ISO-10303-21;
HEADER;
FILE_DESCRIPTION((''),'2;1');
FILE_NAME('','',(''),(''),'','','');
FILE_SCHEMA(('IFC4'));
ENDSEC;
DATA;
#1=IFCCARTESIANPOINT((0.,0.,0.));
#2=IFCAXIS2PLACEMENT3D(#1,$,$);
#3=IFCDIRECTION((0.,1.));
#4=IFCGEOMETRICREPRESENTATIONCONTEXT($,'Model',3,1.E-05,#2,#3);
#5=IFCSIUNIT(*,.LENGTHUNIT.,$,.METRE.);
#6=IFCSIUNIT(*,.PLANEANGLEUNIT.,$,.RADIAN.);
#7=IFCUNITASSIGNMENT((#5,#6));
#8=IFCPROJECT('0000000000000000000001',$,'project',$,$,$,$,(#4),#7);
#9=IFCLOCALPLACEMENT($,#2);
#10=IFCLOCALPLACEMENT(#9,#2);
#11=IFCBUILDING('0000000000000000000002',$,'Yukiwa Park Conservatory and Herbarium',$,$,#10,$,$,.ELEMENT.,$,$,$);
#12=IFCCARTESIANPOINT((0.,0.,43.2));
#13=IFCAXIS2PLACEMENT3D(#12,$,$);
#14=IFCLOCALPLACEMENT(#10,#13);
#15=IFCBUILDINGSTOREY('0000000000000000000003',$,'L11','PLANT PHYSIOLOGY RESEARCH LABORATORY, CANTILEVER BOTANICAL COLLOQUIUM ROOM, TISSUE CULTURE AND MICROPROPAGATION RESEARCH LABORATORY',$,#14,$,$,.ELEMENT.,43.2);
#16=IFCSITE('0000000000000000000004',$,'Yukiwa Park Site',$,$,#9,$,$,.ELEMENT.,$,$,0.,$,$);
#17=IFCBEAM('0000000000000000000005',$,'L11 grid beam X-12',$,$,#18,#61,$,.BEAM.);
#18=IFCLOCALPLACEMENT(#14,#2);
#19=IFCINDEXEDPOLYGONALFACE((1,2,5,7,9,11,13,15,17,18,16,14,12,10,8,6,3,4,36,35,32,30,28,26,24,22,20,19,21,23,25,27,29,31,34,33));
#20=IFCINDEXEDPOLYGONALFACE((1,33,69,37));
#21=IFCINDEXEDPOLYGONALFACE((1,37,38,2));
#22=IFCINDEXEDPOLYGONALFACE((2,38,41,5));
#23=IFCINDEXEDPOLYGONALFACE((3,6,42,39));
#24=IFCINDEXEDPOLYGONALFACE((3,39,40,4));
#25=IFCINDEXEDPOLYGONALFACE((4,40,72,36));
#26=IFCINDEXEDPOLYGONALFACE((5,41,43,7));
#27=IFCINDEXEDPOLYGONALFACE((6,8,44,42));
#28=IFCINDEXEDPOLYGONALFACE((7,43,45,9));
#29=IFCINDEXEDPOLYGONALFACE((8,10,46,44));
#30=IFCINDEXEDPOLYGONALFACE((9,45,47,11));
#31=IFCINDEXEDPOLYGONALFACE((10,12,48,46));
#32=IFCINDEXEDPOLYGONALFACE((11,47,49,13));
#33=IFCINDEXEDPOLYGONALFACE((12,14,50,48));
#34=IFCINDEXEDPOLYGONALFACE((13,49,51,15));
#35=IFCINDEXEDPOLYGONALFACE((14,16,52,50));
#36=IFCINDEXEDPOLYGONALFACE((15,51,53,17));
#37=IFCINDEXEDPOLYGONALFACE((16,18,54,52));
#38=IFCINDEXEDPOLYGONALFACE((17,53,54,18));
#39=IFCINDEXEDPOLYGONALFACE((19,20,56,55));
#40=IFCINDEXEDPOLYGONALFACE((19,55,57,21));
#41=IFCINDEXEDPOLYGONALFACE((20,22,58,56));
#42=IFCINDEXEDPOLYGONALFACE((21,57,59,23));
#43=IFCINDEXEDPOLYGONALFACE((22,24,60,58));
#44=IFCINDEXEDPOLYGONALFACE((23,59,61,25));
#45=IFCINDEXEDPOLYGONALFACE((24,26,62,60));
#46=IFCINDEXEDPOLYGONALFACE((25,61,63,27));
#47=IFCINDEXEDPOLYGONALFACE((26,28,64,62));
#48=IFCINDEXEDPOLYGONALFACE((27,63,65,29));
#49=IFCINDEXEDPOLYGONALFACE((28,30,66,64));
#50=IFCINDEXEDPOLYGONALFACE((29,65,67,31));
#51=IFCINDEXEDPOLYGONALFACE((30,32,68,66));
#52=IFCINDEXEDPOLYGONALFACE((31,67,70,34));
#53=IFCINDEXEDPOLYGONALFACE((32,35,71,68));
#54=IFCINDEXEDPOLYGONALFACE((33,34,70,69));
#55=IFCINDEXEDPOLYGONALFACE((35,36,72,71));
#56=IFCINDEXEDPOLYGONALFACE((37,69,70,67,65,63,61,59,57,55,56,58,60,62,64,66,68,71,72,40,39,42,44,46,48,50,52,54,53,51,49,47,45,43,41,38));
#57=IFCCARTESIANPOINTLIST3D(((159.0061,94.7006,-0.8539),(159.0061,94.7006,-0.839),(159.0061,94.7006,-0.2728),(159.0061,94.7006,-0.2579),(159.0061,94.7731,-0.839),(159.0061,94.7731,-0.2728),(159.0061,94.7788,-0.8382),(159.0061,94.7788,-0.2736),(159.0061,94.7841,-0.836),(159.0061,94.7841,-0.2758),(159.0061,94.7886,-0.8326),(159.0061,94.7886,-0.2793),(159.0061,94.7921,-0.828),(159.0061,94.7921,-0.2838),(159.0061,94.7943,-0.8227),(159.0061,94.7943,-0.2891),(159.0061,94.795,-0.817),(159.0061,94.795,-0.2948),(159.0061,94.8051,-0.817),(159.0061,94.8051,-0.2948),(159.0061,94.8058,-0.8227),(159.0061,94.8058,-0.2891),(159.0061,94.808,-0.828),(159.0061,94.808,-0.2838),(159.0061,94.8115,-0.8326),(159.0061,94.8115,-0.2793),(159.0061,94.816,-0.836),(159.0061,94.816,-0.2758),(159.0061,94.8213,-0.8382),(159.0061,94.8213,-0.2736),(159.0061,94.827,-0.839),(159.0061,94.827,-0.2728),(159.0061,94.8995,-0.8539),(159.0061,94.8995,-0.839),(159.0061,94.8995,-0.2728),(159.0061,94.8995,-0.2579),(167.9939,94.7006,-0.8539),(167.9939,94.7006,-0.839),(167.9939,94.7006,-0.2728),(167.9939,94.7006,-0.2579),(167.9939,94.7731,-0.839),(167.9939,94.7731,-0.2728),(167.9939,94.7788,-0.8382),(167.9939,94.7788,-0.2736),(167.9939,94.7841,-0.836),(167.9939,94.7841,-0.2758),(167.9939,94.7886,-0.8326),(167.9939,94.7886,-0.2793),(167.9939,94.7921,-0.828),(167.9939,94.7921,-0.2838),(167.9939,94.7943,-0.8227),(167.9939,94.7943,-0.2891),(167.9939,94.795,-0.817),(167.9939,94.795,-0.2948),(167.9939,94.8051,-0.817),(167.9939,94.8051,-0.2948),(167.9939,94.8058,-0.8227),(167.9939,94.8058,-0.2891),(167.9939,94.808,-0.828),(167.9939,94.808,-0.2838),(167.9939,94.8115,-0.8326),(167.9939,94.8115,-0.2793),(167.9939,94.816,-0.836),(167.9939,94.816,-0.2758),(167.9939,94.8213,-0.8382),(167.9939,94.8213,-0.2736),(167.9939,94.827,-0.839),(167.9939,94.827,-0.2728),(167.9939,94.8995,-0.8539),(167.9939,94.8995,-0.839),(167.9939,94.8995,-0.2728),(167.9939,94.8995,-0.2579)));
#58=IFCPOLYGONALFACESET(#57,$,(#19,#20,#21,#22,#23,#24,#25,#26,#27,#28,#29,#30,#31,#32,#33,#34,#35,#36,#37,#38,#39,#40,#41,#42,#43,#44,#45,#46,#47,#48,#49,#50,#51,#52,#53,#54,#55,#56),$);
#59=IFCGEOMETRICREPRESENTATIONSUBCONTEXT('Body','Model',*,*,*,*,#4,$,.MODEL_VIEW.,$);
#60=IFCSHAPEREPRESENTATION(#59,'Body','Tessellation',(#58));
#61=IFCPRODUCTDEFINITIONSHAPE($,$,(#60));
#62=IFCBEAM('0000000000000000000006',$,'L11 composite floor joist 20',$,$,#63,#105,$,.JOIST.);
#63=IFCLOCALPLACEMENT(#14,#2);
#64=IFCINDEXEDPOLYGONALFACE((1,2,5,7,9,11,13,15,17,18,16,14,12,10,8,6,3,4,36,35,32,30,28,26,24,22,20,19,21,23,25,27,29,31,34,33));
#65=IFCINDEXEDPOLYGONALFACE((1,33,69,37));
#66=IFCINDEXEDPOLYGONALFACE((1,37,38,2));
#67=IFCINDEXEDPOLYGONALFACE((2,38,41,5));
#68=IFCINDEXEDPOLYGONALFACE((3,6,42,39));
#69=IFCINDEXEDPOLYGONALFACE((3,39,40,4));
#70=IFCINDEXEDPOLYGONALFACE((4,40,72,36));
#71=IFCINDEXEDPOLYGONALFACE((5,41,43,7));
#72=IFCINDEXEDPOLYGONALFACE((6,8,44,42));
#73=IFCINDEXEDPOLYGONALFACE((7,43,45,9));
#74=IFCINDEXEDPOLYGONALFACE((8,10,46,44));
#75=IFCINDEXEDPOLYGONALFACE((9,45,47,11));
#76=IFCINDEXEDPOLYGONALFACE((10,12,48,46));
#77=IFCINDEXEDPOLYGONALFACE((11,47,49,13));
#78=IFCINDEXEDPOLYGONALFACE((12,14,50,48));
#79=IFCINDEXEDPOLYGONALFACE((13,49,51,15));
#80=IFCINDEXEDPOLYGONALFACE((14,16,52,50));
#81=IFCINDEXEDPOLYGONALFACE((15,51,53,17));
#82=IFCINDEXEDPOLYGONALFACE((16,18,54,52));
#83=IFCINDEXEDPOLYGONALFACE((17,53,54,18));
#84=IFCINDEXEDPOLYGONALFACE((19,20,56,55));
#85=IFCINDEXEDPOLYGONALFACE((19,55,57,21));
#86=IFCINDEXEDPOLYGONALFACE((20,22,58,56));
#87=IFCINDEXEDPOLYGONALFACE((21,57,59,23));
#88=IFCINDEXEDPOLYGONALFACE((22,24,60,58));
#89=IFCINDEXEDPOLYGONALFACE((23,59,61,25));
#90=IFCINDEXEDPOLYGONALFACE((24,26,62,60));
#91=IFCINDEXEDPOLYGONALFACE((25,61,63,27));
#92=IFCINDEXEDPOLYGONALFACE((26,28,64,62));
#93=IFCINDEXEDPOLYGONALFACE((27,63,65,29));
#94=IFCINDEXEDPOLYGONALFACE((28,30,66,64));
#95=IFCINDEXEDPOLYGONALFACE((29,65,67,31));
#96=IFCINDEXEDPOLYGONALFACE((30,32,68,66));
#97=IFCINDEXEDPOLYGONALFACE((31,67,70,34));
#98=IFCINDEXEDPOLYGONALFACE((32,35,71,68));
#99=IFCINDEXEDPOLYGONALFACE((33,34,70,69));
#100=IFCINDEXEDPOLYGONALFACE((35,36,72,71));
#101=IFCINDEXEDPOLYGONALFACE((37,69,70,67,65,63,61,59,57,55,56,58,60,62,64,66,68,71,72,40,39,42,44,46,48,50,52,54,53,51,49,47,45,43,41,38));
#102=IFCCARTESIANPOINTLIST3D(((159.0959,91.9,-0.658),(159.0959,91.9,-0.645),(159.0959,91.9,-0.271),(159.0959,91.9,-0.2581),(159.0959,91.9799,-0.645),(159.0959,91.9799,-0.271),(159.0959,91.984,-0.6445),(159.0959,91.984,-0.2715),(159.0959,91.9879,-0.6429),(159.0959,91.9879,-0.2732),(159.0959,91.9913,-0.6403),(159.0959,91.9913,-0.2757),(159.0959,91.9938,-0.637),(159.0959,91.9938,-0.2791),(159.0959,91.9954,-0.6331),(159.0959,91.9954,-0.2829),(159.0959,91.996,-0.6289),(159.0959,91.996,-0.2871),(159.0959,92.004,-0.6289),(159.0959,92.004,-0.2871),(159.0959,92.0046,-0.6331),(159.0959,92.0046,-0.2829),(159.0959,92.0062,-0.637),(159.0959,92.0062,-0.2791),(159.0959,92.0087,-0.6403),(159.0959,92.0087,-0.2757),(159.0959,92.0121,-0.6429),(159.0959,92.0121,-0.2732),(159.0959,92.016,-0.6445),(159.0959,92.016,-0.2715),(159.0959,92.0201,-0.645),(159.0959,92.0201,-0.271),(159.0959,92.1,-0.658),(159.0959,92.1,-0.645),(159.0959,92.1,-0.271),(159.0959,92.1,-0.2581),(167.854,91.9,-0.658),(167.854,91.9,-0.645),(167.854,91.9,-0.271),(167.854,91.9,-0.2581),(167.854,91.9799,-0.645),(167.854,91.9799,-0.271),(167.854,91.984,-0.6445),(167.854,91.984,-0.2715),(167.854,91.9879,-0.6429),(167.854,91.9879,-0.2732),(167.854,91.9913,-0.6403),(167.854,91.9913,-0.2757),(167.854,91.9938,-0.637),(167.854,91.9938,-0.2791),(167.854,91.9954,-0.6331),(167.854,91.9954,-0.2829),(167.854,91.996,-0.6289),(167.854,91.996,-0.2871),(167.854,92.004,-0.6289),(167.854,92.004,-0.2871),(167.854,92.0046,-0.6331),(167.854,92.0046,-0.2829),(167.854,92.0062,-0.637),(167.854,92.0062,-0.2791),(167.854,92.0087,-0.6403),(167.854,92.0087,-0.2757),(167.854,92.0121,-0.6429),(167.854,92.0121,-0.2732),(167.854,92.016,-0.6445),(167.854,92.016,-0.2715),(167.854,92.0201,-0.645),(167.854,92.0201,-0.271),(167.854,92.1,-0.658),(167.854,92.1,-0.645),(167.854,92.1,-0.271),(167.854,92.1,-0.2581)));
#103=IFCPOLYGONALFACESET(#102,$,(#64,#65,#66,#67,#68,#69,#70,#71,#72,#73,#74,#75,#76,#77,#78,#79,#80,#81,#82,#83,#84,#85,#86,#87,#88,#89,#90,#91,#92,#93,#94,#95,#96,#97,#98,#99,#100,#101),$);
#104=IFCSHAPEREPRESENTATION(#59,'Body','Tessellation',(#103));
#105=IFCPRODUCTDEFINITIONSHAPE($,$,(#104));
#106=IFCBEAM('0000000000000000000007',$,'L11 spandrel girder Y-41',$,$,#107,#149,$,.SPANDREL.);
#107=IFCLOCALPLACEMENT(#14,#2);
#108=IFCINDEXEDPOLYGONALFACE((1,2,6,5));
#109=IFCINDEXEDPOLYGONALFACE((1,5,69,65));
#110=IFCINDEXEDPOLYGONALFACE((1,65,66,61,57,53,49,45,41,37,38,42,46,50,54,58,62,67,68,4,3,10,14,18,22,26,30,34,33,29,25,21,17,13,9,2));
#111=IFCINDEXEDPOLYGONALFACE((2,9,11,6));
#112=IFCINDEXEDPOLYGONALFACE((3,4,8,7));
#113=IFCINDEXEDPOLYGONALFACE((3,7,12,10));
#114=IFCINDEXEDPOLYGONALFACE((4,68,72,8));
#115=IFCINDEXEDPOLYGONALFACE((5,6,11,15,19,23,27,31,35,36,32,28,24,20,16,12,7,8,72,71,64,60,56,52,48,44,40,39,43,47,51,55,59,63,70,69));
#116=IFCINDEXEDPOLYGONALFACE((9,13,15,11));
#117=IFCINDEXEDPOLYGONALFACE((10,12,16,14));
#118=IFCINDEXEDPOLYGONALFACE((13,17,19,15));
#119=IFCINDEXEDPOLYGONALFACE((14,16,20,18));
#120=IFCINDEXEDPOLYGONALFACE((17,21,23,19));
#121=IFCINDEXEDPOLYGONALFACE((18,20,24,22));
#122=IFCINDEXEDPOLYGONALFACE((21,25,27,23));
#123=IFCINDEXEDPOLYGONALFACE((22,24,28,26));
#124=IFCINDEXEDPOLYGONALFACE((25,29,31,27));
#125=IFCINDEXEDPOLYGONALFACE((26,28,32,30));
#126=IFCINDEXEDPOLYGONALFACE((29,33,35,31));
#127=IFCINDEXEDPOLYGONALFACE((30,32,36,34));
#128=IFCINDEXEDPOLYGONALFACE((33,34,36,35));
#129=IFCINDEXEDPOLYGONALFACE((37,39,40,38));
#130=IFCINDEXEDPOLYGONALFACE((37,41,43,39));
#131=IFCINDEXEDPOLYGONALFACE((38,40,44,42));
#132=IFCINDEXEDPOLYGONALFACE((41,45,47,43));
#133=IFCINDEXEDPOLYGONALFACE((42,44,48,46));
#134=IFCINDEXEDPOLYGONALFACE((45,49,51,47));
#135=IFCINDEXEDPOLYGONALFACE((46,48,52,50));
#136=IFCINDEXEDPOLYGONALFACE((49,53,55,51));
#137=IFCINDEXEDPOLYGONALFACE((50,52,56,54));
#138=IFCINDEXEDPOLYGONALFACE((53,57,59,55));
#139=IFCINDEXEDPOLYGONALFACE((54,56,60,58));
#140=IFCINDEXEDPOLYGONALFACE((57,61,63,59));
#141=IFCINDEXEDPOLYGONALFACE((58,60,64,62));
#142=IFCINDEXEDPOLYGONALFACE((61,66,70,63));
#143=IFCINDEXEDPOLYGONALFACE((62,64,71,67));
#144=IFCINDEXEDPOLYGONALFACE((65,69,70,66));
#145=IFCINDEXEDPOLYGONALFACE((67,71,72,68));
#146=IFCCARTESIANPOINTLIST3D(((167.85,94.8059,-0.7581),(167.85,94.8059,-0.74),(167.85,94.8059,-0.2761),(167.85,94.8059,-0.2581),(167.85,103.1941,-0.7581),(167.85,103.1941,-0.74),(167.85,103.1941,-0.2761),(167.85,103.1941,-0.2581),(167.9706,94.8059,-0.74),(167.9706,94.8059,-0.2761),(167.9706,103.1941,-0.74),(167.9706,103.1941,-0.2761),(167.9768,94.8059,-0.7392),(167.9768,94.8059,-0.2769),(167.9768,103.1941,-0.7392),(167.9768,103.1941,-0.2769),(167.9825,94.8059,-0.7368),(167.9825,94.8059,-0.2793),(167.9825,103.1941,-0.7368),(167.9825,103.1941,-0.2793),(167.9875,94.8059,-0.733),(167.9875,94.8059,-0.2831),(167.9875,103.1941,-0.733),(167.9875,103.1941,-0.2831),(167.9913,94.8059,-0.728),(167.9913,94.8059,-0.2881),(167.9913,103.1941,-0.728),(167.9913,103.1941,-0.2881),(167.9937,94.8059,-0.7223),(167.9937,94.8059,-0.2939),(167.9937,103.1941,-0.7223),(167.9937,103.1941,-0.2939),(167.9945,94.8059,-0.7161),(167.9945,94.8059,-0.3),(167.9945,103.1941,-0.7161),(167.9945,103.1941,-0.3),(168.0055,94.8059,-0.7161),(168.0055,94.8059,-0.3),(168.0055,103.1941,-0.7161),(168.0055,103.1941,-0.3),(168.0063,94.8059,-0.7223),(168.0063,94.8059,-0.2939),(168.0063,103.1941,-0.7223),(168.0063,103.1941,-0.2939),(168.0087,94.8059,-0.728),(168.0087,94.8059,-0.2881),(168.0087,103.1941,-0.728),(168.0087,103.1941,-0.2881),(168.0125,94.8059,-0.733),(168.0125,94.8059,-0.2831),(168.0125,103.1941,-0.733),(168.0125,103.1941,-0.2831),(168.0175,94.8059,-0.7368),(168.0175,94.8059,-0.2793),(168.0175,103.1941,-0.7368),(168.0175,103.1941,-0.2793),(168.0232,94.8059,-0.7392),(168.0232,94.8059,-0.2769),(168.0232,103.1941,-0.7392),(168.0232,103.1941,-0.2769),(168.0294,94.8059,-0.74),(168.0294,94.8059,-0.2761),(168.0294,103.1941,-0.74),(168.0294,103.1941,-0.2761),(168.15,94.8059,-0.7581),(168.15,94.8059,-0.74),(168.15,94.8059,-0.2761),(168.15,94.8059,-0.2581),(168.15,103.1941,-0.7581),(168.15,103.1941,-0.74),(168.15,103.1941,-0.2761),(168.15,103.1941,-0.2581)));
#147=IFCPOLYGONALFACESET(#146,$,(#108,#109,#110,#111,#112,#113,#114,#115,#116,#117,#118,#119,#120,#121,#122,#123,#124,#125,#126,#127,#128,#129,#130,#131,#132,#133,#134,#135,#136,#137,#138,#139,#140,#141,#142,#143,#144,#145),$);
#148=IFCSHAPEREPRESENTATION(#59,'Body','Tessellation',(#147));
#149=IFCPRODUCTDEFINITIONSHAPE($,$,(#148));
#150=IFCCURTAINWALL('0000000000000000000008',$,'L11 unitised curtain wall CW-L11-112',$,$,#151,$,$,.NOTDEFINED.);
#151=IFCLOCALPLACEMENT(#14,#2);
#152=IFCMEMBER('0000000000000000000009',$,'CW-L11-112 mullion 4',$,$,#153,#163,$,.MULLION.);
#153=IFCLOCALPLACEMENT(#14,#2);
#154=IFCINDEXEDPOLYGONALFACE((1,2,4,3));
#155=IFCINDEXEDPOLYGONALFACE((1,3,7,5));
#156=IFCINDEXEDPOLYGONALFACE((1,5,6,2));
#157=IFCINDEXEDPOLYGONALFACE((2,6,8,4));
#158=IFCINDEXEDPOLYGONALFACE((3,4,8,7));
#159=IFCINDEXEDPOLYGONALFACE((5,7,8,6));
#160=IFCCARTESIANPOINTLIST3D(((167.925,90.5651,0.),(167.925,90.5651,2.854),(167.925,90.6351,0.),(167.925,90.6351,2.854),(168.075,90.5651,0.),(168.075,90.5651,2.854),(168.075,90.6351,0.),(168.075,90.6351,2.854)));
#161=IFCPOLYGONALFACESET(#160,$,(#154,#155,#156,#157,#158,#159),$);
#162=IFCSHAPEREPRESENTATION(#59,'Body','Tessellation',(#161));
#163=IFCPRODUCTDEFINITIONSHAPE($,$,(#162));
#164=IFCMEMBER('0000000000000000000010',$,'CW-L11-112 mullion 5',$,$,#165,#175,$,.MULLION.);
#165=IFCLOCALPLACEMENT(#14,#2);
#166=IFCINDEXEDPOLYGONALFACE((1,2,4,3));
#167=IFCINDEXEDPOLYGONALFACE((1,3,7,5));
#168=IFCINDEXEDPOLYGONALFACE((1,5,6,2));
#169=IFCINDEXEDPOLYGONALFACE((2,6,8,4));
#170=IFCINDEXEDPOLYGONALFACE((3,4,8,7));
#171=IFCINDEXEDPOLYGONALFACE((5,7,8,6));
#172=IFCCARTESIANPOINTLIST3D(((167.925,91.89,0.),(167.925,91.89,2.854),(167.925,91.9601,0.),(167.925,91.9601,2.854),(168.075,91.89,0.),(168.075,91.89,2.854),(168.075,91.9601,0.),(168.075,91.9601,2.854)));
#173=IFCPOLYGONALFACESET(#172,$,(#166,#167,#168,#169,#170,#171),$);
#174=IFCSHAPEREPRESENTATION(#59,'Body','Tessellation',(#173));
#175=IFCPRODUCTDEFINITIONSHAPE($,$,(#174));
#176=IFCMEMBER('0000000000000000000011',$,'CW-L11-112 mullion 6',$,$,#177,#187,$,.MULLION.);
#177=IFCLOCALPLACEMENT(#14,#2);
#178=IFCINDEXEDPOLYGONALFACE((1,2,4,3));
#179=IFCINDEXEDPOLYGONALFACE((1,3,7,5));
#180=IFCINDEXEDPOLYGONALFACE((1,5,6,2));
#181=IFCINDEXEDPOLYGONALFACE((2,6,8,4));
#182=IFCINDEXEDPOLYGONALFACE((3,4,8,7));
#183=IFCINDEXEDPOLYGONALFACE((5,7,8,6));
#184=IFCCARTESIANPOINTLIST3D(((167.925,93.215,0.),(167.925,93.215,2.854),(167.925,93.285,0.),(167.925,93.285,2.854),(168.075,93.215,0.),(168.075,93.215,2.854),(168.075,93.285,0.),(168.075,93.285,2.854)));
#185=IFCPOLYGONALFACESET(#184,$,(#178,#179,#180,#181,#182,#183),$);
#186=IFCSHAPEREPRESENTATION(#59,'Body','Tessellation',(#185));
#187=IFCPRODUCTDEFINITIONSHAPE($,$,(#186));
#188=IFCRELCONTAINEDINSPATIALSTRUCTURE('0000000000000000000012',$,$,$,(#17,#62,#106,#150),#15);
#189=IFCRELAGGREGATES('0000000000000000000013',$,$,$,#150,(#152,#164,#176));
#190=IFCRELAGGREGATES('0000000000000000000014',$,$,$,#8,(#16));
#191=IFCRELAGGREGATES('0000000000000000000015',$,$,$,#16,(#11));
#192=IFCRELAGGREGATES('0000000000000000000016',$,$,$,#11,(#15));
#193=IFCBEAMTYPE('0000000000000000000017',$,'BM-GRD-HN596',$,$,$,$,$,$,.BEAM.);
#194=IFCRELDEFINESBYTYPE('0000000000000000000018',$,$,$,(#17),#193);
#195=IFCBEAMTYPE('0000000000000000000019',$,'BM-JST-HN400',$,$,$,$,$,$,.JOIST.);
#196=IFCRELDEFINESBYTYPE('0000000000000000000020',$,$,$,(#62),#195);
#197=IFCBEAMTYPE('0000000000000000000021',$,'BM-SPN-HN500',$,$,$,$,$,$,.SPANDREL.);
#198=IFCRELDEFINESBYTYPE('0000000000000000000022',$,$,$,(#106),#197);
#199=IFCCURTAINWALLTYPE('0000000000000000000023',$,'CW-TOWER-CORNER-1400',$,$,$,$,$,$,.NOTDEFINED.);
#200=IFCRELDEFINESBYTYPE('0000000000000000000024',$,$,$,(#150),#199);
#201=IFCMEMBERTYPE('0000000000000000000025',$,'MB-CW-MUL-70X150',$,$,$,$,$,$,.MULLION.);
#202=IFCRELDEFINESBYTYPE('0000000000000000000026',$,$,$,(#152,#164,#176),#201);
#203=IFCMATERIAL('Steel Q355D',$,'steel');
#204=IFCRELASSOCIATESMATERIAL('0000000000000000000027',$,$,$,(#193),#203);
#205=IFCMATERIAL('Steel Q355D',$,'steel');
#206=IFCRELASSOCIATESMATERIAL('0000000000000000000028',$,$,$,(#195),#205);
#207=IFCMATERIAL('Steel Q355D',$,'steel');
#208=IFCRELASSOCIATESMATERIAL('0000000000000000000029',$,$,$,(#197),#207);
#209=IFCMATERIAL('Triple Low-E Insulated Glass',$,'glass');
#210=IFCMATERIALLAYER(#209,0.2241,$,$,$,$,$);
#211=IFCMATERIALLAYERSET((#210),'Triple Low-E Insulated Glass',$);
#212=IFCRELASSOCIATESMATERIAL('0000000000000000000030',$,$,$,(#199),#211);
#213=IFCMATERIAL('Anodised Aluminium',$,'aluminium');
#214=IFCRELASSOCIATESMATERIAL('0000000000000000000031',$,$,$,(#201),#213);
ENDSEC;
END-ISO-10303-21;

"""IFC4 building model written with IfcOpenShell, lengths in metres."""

from ifc_helpers import new_model, si_unit, direction, frame, origin, origin_2d, place, context, subcontext, project, spatial, rectangle, i_section, extrude, material, layer, layer_set, material_profile, profile_set, type_object, element, aggregate, save


model = new_model("IFC4")

# Units and contexts
model_context = context("Model", 3, precision=1e-05, world=origin(), true_north=direction((0.0, 1.0)))
body_context = subcontext(model_context, "Body", "Model", "MODEL_VIEW")
ifc_project = project(units=[si_unit("LENGTHUNIT", "METRE"), si_unit("PLANEANGLEUNIT", "RADIAN")], contexts=[model_context])

# Site, building, storey
site_placement = place(None, origin())
site = spatial("IfcSite", under=ifc_project, at=site_placement, Name="Yukiwa Park Site", CompositionType="ELEMENT", RefElevation=0.0)
building_placement = place(site_placement, origin())
building = spatial("IfcBuilding", under=site, at=building_placement, Name="Yukiwa Park Conservatory and Herbarium", CompositionType="ELEMENT")
storey_placement = place(building_placement, frame((0.0, 0.0, 43.2)))
storey = spatial("IfcBuildingStorey", under=building, at=storey_placement, Name="L11", Description="PLANT PHYSIOLOGY RESEARCH LABORATORY, CANTILEVER BOTANICAL COLLOQUIUM ROOM, TISSUE CULTURE AND MICROPROPAGATION RESEARCH LABORATORY", CompositionType="ELEMENT", Elevation=43.2)

# Beams
ifc_material_1 = material(Name="Steel Q355D", Category="steel")
ifc_material_profile_1 = material_profile(ifc_material_1, i_section(OverallWidth=0.199, OverallDepth=0.5959, WebThickness=0.01, FlangeThickness=0.0149, FilletRadius=0.022, at=origin_2d()), Name="HN 596x199x10x15")
ifc_profile_set_1 = profile_set([ifc_material_profile_1], Name="Steel Q355D")
beam_type_1 = type_object("IfcBeamType", Name="BM-GRD-HN596", PredefinedType="BEAM", material=ifc_profile_set_1)
beam_1_placement = place(storey_placement, frame((159.0061, 94.8, -0.5559), z_axis=(1.0, 0.0, 0.0), x_axis=(0.0, 1.0, 0.0)))
element("IfcBeam", 1, at=beam_1_placement, inside=storey, type_object=beam_type_1, Name="L11 grid beam X-12", PredefinedType="BEAM", context=body_context, shape_type="SweptSolid", body=[
    extrude(i_section(OverallWidth=0.199, OverallDepth=0.5959, WebThickness=0.01, FlangeThickness=0.0149, FilletRadius=0.022, at=origin_2d()), origin(), (0.0, 0.0, 1.0), 8.9878),
])
ifc_material_2 = material(Name="Steel Q355D", Category="steel")
ifc_material_profile_2 = material_profile(ifc_material_2, i_section(OverallWidth=0.2, OverallDepth=0.3999, WebThickness=0.0081, FlangeThickness=0.0129, FilletRadius=0.0161, at=origin_2d()), Name="HN 400x200x8x13")
ifc_profile_set_2 = profile_set([ifc_material_profile_2], Name="Steel Q355D")
beam_type_2 = type_object("IfcBeamType", Name="BM-JST-HN400", PredefinedType="JOIST", material=ifc_profile_set_2)
beam_2_placement = place(storey_placement, frame((159.0959, 92.0, -0.458), z_axis=(1.0, 0.0, 0.0), x_axis=(0.0, 1.0, 0.0)))
element("IfcBeam", 2, at=beam_2_placement, inside=storey, type_object=beam_type_2, Name="L11 composite floor joist 20", PredefinedType="JOIST", context=body_context, shape_type="SweptSolid", body=[
    extrude(i_section(OverallWidth=0.2, OverallDepth=0.3999, WebThickness=0.0081, FlangeThickness=0.0129, FilletRadius=0.0161, at=origin_2d()), origin(), (0.0, 0.0, 1.0), 8.7581),
])
ifc_material_3 = material(Name="Steel Q355D", Category="steel")
ifc_material_profile_3 = material_profile(ifc_material_3, i_section(OverallWidth=0.3, OverallDepth=0.5, WebThickness=0.011, FlangeThickness=0.0181, FilletRadius=0.0239, at=origin_2d()), Name="HM 500x300x11x18")
ifc_profile_set_3 = profile_set([ifc_material_profile_3], Name="Steel Q355D")
beam_type_3 = type_object("IfcBeamType", Name="BM-SPN-HN500", PredefinedType="SPANDREL", material=ifc_profile_set_3)
beam_3_placement = place(storey_placement, frame((168.0, 94.8059, -0.5081), z_axis=(0.0, 1.0, 0.0), x_axis=(-1.0, 0.0, 0.0)))
element("IfcBeam", 3, at=beam_3_placement, inside=storey, type_object=beam_type_3, Name="L11 spandrel girder Y-41", PredefinedType="SPANDREL", context=body_context, shape_type="SweptSolid", body=[
    extrude(i_section(OverallWidth=0.3, OverallDepth=0.5, WebThickness=0.011, FlangeThickness=0.0181, FilletRadius=0.0239, at=origin_2d()), origin(), (0.0, 0.0, 1.0), 8.3882),
])

# Curtain wall, members
ifc_material_4 = material(Name="Triple Low-E Insulated Glass", Category="glass")
ifc_layer_1 = layer(ifc_material_4, 0.2241)
ifc_layer_set_1 = layer_set([ifc_layer_1], Name="Triple Low-E Insulated Glass")
curtain_wall_type = type_object("IfcCurtainWallType", Name="CW-TOWER-CORNER-1400", PredefinedType="NOTDEFINED", material=ifc_layer_set_1)
curtain_wall_placement = place(storey_placement, origin())
curtain_wall = element("IfcCurtainWall", 4, at=curtain_wall_placement, inside=storey, type_object=curtain_wall_type, Name="L11 unitised curtain wall CW-L11-112", PredefinedType="NOTDEFINED")
ifc_material_5 = material(Name="Anodised Aluminium", Category="aluminium")
member_type_1 = type_object("IfcMemberType", Name="MB-CW-MUL-70X150", PredefinedType="MULLION", material=ifc_material_5)
member_1_placement = place(storey_placement, frame((168.0, 90.6001, 0.0), z_axis=(0.0, 0.0, 1.0), x_axis=(0.0, 1.0, 0.0)))
member_1 = element("IfcMember", 5, at=member_1_placement, type_object=member_type_1, Name="CW-L11-112 mullion 4", PredefinedType="MULLION", context=body_context, shape_type="SweptSolid", body=[
    extrude(rectangle(XDim=0.0701, YDim=0.1499, at=origin_2d()), origin(), (0.0, 0.0, 1.0), 2.854),
])
member_2_placement = place(storey_placement, frame((168.0, 91.925, 0.0), z_axis=(0.0, 0.0, 1.0), x_axis=(0.0, 1.0, 0.0)))
member_2 = element("IfcMember", 6, at=member_2_placement, type_object=member_type_1, Name="CW-L11-112 mullion 5", PredefinedType="MULLION", context=body_context, shape_type="SweptSolid", body=[
    extrude(rectangle(XDim=0.0701, YDim=0.1499, at=origin_2d()), origin(), (0.0, 0.0, 1.0), 2.854),
])
member_3_placement = place(storey_placement, frame((168.0, 93.25, 0.0), z_axis=(0.0, 0.0, 1.0), x_axis=(0.0, 1.0, 0.0)))
member_3 = element("IfcMember", 7, at=member_3_placement, type_object=member_type_1, Name="CW-L11-112 mullion 6", PredefinedType="MULLION", context=body_context, shape_type="SweptSolid", body=[
    extrude(rectangle(XDim=0.0701, YDim=0.1499, at=origin_2d()), origin(), (0.0, 0.0, 1.0), 2.854),
])
aggregate(curtain_wall, [member_1, member_2, member_3])

save(model, "model.ifc")
